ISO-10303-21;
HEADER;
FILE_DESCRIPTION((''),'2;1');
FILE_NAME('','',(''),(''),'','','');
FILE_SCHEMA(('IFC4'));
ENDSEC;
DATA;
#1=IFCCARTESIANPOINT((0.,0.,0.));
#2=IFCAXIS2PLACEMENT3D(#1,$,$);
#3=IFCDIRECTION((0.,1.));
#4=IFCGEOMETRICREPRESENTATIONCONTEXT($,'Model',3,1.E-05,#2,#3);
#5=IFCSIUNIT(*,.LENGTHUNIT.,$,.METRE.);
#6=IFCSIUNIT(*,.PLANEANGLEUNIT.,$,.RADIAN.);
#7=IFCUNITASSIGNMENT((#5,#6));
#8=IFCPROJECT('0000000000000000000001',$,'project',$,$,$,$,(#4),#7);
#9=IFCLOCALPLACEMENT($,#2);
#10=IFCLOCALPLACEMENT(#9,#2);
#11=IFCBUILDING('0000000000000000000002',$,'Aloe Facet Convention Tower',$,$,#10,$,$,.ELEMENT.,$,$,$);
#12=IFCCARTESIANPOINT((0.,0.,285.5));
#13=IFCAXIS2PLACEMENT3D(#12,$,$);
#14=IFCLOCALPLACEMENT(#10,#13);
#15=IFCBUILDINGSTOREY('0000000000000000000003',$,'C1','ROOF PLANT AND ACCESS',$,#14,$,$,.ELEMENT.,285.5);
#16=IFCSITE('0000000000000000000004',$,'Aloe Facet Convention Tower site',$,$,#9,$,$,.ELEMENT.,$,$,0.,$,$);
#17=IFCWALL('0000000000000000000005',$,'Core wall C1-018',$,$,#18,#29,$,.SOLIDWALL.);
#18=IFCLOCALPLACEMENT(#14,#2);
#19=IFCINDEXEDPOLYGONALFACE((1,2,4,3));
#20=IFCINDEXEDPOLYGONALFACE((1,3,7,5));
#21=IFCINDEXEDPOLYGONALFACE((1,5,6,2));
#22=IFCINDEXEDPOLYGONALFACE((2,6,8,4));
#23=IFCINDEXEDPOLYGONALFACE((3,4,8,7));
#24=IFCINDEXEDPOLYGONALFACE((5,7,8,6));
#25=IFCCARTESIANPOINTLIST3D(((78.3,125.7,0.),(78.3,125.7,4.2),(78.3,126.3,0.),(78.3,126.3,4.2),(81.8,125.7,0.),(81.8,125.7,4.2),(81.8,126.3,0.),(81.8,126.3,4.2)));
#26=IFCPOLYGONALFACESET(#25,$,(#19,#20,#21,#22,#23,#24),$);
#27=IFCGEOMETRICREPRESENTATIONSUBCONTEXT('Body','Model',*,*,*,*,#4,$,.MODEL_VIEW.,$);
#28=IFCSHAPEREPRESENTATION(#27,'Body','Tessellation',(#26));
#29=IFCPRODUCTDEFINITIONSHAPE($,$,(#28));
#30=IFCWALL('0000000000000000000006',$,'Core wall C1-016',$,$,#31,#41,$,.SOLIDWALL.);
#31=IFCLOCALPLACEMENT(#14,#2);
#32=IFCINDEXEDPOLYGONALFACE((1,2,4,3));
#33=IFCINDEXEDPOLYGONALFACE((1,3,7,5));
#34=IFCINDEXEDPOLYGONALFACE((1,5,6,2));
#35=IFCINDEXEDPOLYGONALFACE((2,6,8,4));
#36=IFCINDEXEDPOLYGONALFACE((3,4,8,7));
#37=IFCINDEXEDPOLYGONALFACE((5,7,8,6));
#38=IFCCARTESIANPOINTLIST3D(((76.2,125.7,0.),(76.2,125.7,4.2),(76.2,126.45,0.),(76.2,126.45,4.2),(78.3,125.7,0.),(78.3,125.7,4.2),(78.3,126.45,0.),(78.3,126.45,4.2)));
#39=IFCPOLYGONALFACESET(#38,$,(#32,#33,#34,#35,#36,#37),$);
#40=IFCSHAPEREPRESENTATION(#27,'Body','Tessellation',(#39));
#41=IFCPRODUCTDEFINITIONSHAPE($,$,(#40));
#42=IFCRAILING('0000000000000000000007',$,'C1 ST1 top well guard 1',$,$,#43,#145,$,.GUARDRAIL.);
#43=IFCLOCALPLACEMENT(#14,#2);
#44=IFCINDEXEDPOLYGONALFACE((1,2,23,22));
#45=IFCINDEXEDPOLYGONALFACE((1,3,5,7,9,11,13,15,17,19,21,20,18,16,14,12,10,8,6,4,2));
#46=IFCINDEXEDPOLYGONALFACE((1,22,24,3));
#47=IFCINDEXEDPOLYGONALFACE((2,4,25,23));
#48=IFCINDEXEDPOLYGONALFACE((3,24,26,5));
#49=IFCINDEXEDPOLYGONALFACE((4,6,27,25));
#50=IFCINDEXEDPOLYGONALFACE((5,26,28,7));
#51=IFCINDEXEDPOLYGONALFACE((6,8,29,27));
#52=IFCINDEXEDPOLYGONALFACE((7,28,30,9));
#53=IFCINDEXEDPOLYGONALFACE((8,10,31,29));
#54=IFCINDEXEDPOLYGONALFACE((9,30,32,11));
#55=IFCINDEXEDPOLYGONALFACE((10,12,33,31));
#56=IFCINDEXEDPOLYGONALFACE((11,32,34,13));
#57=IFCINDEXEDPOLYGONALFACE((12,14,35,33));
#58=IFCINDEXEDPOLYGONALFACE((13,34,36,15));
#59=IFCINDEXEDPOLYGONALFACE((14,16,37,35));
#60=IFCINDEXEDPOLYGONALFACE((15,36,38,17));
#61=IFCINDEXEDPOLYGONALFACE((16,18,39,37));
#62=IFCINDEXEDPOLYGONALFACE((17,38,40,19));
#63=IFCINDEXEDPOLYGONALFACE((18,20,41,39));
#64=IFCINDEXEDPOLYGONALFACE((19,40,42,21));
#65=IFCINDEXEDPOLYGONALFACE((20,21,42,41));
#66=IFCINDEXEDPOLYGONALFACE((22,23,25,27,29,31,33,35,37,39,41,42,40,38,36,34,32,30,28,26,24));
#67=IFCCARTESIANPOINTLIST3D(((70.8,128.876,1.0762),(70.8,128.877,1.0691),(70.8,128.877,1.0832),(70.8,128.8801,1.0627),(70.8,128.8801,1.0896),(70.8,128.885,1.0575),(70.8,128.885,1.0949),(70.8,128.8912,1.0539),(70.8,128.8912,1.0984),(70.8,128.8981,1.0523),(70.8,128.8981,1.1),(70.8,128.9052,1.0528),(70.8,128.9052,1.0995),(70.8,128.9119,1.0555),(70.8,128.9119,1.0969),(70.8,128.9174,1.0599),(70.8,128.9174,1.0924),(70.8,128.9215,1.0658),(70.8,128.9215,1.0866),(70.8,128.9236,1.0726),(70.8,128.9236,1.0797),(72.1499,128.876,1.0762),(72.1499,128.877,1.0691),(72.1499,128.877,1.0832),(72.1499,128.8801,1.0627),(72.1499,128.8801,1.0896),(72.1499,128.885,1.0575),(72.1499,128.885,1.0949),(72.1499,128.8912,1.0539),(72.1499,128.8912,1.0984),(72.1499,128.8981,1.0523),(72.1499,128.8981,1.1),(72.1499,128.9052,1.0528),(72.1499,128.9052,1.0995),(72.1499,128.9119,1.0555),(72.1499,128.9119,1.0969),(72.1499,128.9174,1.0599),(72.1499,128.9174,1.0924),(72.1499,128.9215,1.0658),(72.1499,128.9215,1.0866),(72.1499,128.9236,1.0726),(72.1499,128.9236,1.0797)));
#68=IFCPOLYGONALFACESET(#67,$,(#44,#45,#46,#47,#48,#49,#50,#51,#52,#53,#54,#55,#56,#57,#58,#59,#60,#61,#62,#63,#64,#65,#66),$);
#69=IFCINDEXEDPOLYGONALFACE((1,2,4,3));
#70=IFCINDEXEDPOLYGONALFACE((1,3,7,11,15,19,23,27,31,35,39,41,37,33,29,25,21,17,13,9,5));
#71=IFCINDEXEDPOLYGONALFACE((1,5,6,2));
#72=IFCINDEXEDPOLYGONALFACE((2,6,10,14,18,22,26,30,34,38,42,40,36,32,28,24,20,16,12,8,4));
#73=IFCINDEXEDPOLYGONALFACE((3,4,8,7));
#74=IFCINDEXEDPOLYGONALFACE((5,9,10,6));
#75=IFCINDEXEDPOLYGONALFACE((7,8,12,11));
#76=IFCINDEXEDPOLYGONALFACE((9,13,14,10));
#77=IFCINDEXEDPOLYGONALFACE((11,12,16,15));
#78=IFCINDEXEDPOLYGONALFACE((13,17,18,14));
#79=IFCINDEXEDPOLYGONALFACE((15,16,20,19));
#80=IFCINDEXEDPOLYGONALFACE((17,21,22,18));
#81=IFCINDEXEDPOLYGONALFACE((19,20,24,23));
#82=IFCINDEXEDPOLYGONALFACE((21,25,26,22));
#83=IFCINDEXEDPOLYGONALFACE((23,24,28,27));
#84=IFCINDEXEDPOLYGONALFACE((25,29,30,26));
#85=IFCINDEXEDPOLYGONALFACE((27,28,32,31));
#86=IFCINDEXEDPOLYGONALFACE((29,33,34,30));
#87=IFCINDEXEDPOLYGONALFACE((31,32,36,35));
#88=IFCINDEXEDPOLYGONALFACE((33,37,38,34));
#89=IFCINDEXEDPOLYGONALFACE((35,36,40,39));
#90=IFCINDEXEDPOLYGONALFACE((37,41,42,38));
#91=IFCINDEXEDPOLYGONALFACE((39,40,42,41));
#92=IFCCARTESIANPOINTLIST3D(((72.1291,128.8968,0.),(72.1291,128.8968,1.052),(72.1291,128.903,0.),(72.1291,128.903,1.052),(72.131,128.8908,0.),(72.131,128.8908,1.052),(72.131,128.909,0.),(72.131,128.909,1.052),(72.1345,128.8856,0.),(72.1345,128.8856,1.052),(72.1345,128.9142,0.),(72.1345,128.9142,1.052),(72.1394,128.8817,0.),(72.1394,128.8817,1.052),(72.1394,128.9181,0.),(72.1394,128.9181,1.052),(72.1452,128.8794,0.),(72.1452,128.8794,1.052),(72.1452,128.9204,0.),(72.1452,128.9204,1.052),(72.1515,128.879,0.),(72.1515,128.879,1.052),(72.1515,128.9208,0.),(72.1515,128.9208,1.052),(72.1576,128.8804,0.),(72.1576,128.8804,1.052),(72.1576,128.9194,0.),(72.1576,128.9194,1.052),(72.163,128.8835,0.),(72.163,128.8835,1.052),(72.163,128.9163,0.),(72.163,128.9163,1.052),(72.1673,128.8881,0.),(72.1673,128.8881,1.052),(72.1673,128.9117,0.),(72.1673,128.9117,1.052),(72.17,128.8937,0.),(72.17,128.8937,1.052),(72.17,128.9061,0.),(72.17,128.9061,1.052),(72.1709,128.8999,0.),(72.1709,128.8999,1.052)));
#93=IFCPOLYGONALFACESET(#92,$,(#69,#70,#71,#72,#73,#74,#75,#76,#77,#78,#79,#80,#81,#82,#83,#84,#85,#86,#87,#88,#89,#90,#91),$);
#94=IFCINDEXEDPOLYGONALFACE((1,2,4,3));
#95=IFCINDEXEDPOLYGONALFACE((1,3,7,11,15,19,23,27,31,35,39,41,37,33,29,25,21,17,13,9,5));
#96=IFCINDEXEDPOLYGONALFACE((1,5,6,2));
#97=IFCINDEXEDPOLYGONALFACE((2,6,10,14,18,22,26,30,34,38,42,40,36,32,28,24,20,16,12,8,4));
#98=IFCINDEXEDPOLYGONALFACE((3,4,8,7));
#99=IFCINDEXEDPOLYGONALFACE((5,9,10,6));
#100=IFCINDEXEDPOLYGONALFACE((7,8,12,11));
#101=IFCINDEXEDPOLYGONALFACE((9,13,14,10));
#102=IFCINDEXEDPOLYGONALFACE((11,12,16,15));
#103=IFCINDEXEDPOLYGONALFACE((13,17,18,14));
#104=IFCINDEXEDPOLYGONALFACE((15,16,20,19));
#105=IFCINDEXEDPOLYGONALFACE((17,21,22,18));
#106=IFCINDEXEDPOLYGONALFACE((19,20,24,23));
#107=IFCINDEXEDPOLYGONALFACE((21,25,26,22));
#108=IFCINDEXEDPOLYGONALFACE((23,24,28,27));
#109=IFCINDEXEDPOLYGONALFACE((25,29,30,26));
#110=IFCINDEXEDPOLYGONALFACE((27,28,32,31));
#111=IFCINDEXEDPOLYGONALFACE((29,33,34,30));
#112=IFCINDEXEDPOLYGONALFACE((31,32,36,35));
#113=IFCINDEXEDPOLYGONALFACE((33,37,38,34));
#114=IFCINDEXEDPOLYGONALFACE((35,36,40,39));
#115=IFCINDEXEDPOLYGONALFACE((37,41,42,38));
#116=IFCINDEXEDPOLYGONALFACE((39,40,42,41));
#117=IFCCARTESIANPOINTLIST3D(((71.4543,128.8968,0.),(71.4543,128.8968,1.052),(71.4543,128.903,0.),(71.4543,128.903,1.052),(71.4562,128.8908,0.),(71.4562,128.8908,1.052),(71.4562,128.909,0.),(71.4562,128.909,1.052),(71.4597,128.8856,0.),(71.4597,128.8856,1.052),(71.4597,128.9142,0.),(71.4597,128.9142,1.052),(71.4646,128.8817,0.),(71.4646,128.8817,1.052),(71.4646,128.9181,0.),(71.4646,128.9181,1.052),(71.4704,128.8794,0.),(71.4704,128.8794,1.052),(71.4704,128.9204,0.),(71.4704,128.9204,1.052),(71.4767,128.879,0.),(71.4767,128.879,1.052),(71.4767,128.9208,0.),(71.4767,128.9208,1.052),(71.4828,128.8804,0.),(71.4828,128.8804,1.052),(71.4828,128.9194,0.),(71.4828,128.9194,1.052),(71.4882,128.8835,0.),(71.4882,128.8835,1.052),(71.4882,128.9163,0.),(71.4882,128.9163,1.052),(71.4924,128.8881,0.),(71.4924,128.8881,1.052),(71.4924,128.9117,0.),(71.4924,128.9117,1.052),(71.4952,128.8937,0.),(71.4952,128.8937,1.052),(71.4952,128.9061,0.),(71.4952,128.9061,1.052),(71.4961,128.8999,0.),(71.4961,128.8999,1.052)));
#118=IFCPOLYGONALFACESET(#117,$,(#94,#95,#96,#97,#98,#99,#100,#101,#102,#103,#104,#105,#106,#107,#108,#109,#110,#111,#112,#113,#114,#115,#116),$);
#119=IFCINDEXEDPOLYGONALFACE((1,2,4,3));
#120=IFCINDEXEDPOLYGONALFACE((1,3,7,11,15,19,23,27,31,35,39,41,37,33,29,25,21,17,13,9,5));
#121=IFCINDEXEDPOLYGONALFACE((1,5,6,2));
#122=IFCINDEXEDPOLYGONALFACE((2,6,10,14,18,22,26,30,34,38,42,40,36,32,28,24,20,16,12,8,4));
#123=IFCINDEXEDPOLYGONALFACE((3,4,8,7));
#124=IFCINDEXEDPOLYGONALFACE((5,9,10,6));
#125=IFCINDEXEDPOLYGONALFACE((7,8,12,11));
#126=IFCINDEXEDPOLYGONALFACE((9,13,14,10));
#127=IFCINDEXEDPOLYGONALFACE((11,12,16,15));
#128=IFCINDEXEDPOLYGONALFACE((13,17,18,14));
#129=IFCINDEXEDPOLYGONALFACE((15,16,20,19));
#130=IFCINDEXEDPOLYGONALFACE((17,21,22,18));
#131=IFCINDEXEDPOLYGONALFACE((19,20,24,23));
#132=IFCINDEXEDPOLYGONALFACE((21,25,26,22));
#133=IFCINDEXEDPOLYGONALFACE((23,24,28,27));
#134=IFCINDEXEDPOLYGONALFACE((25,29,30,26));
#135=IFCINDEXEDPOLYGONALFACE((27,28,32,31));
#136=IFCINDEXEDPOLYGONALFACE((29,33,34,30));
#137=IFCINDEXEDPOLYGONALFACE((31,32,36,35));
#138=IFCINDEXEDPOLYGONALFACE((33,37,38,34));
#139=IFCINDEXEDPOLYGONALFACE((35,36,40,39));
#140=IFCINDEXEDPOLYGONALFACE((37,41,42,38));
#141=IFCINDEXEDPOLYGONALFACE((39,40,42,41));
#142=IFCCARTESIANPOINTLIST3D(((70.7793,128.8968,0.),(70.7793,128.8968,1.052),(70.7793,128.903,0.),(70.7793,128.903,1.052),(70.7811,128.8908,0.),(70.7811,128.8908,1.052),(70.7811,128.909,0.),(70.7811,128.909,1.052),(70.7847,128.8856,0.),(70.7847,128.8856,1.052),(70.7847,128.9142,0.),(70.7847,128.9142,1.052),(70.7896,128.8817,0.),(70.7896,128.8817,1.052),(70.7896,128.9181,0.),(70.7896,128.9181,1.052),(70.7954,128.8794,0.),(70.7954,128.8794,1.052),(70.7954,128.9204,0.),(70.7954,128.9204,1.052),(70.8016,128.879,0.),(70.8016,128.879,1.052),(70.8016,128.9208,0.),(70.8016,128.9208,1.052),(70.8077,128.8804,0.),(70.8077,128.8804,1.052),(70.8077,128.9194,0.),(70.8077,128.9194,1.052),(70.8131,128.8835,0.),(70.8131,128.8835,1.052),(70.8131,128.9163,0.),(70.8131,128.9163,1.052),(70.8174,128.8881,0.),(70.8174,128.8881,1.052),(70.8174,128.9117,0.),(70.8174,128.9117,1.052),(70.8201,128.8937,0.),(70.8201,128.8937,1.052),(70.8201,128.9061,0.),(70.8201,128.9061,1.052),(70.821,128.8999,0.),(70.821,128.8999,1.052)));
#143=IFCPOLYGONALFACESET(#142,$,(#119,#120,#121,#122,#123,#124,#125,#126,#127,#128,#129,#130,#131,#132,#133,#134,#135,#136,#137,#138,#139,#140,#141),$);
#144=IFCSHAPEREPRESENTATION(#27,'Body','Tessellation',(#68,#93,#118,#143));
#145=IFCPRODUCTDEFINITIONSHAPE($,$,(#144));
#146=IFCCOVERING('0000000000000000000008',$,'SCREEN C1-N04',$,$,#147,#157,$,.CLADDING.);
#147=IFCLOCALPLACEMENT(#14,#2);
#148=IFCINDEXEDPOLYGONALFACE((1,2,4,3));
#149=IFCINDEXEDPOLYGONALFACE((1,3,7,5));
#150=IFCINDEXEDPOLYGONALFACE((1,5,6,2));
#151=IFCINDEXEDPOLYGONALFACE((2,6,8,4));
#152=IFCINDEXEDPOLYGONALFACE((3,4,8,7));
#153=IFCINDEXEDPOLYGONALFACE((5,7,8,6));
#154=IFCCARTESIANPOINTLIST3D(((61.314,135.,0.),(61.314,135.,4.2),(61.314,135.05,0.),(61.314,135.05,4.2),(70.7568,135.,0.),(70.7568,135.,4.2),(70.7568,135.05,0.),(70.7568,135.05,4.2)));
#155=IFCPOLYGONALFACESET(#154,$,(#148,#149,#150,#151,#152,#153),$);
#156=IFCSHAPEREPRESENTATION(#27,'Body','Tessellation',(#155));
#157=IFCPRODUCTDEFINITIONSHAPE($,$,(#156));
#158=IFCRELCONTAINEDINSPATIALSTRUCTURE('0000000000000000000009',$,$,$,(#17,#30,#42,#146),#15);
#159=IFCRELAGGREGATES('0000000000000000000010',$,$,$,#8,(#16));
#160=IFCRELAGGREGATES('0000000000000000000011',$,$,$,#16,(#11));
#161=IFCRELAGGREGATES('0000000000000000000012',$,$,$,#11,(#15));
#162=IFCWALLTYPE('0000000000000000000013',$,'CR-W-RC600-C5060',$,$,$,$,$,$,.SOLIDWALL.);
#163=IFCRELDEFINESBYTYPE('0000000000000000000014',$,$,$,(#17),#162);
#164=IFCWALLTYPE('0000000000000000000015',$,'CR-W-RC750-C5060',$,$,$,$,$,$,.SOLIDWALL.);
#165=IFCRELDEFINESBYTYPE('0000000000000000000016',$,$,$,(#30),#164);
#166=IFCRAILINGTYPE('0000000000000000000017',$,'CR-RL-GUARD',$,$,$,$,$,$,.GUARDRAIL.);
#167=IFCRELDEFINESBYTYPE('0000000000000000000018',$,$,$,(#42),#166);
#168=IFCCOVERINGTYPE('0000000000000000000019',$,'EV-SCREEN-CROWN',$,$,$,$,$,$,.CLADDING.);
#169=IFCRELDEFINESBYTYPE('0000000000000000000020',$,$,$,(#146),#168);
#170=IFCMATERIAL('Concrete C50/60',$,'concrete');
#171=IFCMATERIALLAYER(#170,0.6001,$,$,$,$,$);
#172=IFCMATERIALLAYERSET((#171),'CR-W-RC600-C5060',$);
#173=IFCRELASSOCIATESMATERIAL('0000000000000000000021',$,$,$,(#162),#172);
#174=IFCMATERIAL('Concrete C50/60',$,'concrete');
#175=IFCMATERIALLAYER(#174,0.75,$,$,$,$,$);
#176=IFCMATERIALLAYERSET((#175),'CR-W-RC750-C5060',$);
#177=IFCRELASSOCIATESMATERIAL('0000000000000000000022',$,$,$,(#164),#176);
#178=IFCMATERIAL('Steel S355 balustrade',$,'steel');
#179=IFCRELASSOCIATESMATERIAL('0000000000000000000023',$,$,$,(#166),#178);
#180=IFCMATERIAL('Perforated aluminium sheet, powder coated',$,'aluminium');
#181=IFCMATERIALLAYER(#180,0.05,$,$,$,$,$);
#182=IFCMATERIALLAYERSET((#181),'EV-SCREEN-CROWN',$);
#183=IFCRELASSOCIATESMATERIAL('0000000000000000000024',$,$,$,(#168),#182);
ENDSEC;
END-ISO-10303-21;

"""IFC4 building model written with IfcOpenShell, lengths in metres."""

from ifc_helpers import new_model, si_unit, direction, frame, frame_2d, origin, origin_2d, place, context, subcontext, project, spatial, polyline, rectangle, circle, outline, extrude, material, layer, layer_set, type_object, element, save


model = new_model("IFC4")

# Units and contexts
model_context = context("Model", 3, precision=1e-05, world=origin(), true_north=direction((0.0, 1.0)))
body_context = subcontext(model_context, "Body", "Model", "MODEL_VIEW")
ifc_project = project(units=[si_unit("LENGTHUNIT", "METRE"), si_unit("PLANEANGLEUNIT", "RADIAN")], contexts=[model_context])

# Site, building, storey
site_placement = place(None, origin())
site = spatial("IfcSite", under=ifc_project, at=site_placement, Name="Aloe Facet Convention Tower site", CompositionType="ELEMENT", RefElevation=0.0)
building_placement = place(site_placement, origin())
building = spatial("IfcBuilding", under=site, at=building_placement, Name="Aloe Facet Convention Tower", CompositionType="ELEMENT")
storey_placement = place(building_placement, frame((0.0, 0.0, 285.5)))
storey = spatial("IfcBuildingStorey", under=building, at=storey_placement, Name="C1", Description="ROOF PLANT AND ACCESS", CompositionType="ELEMENT", Elevation=285.5)

# Walls
ifc_material_1 = material(Name="Concrete C50/60", Category="concrete")
ifc_layer_1 = layer(ifc_material_1, 0.6001)
ifc_layer_set_1 = layer_set([ifc_layer_1], Name="CR-W-RC600-C5060")
wall_type_1 = type_object("IfcWallType", Name="CR-W-RC600-C5060", PredefinedType="SOLIDWALL", material=ifc_layer_set_1)
wall_1_placement = place(storey_placement, frame((78.3, 126.0, 0.0), z_axis=(0.0, 0.0, 1.0), x_axis=(1.0, 0.0, 0.0)))
element("IfcWall", 1, at=wall_1_placement, inside=storey, type_object=wall_type_1, Name="Core wall C1-018", PredefinedType="SOLIDWALL", context=body_context, shape_type="SweptSolid", body=[
    extrude(rectangle(XDim=3.5, YDim=0.6001, at=frame_2d((1.75, 0.0))), origin(), (0.0, 0.0, 1.0), 4.2),
])
ifc_material_2 = material(Name="Concrete C50/60", Category="concrete")
ifc_layer_2 = layer(ifc_material_2, 0.75)
ifc_layer_set_2 = layer_set([ifc_layer_2], Name="CR-W-RC750-C5060")
wall_type_2 = type_object("IfcWallType", Name="CR-W-RC750-C5060", PredefinedType="SOLIDWALL", material=ifc_layer_set_2)
wall_2_placement = place(storey_placement, frame((76.2, 126.075, 0.0), z_axis=(0.0, 0.0, 1.0), x_axis=(1.0, 0.0, 0.0)))
element("IfcWall", 2, at=wall_2_placement, inside=storey, type_object=wall_type_2, Name="Core wall C1-016", PredefinedType="SOLIDWALL", context=body_context, shape_type="SweptSolid", body=[
    extrude(rectangle(XDim=2.1001, YDim=0.75, at=frame_2d((1.05, 0.0))), origin(), (0.0, 0.0, 1.0), 4.2),
])

# Railing
ifc_material_3 = material(Name="Steel S355 balustrade", Category="steel")
railing_type = type_object("IfcRailingType", Name="CR-RL-GUARD", PredefinedType="GUARDRAIL", material=ifc_material_3)
railing_placement = place(storey_placement, frame((72.1499, 128.8999, 0.0)))
element("IfcRailing", 3, at=railing_placement, inside=storey, type_object=railing_type, Name="C1 ST1 top well guard 1", PredefinedType="GUARDRAIL", context=body_context, shape_type="SweptSolid", body=[
    extrude(circle(Radius=0.0239, at=origin_2d()), frame((0.0, 0.0, 1.0762), z_axis=(-1.0, 0.0, 0.0), x_axis=(0.0, -1.0, 0.0)), (0.0, 0.0, 1.0), 1.3499),
    extrude(circle(Radius=0.021, at=origin_2d()), origin(), (0.0, 0.0, 1.0), 1.052),
    extrude(circle(Radius=0.021, at=origin_2d()), frame((-0.6748, 0.0, 0.0)), (0.0, 0.0, 1.0), 1.052),
    extrude(circle(Radius=0.021, at=origin_2d()), frame((-1.3499, 0.0, 0.0)), (0.0, 0.0, 1.0), 1.052),
])

# Covering
ifc_material_4 = material(Name="Perforated aluminium sheet, powder coated", Category="aluminium")
ifc_layer_3 = layer(ifc_material_4, 0.05)
ifc_layer_set_3 = layer_set([ifc_layer_3], Name="EV-SCREEN-CROWN")
covering_type = type_object("IfcCoveringType", Name="EV-SCREEN-CROWN", PredefinedType="CLADDING", material=ifc_layer_set_3)
covering_placement = place(storey_placement, frame((70.7568, 135.0, 0.0), z_axis=(0.0, -1.0, 0.0), x_axis=(0.0, 0.0, 1.0)))
element("IfcCovering", 4, at=covering_placement, inside=storey, type_object=covering_type, Name="SCREEN C1-N04", PredefinedType="CLADDING", context=body_context, shape_type="SweptSolid", body=[
    extrude(outline(polyline([(0.0, 0.0), (4.2, 0.0), (4.2, 9.4429), (0.0, 9.4429), (0.0, 0.0)])), origin(), (0.0, 0.0, -1.0), 0.05),
])

save(model, "model.ifc")
